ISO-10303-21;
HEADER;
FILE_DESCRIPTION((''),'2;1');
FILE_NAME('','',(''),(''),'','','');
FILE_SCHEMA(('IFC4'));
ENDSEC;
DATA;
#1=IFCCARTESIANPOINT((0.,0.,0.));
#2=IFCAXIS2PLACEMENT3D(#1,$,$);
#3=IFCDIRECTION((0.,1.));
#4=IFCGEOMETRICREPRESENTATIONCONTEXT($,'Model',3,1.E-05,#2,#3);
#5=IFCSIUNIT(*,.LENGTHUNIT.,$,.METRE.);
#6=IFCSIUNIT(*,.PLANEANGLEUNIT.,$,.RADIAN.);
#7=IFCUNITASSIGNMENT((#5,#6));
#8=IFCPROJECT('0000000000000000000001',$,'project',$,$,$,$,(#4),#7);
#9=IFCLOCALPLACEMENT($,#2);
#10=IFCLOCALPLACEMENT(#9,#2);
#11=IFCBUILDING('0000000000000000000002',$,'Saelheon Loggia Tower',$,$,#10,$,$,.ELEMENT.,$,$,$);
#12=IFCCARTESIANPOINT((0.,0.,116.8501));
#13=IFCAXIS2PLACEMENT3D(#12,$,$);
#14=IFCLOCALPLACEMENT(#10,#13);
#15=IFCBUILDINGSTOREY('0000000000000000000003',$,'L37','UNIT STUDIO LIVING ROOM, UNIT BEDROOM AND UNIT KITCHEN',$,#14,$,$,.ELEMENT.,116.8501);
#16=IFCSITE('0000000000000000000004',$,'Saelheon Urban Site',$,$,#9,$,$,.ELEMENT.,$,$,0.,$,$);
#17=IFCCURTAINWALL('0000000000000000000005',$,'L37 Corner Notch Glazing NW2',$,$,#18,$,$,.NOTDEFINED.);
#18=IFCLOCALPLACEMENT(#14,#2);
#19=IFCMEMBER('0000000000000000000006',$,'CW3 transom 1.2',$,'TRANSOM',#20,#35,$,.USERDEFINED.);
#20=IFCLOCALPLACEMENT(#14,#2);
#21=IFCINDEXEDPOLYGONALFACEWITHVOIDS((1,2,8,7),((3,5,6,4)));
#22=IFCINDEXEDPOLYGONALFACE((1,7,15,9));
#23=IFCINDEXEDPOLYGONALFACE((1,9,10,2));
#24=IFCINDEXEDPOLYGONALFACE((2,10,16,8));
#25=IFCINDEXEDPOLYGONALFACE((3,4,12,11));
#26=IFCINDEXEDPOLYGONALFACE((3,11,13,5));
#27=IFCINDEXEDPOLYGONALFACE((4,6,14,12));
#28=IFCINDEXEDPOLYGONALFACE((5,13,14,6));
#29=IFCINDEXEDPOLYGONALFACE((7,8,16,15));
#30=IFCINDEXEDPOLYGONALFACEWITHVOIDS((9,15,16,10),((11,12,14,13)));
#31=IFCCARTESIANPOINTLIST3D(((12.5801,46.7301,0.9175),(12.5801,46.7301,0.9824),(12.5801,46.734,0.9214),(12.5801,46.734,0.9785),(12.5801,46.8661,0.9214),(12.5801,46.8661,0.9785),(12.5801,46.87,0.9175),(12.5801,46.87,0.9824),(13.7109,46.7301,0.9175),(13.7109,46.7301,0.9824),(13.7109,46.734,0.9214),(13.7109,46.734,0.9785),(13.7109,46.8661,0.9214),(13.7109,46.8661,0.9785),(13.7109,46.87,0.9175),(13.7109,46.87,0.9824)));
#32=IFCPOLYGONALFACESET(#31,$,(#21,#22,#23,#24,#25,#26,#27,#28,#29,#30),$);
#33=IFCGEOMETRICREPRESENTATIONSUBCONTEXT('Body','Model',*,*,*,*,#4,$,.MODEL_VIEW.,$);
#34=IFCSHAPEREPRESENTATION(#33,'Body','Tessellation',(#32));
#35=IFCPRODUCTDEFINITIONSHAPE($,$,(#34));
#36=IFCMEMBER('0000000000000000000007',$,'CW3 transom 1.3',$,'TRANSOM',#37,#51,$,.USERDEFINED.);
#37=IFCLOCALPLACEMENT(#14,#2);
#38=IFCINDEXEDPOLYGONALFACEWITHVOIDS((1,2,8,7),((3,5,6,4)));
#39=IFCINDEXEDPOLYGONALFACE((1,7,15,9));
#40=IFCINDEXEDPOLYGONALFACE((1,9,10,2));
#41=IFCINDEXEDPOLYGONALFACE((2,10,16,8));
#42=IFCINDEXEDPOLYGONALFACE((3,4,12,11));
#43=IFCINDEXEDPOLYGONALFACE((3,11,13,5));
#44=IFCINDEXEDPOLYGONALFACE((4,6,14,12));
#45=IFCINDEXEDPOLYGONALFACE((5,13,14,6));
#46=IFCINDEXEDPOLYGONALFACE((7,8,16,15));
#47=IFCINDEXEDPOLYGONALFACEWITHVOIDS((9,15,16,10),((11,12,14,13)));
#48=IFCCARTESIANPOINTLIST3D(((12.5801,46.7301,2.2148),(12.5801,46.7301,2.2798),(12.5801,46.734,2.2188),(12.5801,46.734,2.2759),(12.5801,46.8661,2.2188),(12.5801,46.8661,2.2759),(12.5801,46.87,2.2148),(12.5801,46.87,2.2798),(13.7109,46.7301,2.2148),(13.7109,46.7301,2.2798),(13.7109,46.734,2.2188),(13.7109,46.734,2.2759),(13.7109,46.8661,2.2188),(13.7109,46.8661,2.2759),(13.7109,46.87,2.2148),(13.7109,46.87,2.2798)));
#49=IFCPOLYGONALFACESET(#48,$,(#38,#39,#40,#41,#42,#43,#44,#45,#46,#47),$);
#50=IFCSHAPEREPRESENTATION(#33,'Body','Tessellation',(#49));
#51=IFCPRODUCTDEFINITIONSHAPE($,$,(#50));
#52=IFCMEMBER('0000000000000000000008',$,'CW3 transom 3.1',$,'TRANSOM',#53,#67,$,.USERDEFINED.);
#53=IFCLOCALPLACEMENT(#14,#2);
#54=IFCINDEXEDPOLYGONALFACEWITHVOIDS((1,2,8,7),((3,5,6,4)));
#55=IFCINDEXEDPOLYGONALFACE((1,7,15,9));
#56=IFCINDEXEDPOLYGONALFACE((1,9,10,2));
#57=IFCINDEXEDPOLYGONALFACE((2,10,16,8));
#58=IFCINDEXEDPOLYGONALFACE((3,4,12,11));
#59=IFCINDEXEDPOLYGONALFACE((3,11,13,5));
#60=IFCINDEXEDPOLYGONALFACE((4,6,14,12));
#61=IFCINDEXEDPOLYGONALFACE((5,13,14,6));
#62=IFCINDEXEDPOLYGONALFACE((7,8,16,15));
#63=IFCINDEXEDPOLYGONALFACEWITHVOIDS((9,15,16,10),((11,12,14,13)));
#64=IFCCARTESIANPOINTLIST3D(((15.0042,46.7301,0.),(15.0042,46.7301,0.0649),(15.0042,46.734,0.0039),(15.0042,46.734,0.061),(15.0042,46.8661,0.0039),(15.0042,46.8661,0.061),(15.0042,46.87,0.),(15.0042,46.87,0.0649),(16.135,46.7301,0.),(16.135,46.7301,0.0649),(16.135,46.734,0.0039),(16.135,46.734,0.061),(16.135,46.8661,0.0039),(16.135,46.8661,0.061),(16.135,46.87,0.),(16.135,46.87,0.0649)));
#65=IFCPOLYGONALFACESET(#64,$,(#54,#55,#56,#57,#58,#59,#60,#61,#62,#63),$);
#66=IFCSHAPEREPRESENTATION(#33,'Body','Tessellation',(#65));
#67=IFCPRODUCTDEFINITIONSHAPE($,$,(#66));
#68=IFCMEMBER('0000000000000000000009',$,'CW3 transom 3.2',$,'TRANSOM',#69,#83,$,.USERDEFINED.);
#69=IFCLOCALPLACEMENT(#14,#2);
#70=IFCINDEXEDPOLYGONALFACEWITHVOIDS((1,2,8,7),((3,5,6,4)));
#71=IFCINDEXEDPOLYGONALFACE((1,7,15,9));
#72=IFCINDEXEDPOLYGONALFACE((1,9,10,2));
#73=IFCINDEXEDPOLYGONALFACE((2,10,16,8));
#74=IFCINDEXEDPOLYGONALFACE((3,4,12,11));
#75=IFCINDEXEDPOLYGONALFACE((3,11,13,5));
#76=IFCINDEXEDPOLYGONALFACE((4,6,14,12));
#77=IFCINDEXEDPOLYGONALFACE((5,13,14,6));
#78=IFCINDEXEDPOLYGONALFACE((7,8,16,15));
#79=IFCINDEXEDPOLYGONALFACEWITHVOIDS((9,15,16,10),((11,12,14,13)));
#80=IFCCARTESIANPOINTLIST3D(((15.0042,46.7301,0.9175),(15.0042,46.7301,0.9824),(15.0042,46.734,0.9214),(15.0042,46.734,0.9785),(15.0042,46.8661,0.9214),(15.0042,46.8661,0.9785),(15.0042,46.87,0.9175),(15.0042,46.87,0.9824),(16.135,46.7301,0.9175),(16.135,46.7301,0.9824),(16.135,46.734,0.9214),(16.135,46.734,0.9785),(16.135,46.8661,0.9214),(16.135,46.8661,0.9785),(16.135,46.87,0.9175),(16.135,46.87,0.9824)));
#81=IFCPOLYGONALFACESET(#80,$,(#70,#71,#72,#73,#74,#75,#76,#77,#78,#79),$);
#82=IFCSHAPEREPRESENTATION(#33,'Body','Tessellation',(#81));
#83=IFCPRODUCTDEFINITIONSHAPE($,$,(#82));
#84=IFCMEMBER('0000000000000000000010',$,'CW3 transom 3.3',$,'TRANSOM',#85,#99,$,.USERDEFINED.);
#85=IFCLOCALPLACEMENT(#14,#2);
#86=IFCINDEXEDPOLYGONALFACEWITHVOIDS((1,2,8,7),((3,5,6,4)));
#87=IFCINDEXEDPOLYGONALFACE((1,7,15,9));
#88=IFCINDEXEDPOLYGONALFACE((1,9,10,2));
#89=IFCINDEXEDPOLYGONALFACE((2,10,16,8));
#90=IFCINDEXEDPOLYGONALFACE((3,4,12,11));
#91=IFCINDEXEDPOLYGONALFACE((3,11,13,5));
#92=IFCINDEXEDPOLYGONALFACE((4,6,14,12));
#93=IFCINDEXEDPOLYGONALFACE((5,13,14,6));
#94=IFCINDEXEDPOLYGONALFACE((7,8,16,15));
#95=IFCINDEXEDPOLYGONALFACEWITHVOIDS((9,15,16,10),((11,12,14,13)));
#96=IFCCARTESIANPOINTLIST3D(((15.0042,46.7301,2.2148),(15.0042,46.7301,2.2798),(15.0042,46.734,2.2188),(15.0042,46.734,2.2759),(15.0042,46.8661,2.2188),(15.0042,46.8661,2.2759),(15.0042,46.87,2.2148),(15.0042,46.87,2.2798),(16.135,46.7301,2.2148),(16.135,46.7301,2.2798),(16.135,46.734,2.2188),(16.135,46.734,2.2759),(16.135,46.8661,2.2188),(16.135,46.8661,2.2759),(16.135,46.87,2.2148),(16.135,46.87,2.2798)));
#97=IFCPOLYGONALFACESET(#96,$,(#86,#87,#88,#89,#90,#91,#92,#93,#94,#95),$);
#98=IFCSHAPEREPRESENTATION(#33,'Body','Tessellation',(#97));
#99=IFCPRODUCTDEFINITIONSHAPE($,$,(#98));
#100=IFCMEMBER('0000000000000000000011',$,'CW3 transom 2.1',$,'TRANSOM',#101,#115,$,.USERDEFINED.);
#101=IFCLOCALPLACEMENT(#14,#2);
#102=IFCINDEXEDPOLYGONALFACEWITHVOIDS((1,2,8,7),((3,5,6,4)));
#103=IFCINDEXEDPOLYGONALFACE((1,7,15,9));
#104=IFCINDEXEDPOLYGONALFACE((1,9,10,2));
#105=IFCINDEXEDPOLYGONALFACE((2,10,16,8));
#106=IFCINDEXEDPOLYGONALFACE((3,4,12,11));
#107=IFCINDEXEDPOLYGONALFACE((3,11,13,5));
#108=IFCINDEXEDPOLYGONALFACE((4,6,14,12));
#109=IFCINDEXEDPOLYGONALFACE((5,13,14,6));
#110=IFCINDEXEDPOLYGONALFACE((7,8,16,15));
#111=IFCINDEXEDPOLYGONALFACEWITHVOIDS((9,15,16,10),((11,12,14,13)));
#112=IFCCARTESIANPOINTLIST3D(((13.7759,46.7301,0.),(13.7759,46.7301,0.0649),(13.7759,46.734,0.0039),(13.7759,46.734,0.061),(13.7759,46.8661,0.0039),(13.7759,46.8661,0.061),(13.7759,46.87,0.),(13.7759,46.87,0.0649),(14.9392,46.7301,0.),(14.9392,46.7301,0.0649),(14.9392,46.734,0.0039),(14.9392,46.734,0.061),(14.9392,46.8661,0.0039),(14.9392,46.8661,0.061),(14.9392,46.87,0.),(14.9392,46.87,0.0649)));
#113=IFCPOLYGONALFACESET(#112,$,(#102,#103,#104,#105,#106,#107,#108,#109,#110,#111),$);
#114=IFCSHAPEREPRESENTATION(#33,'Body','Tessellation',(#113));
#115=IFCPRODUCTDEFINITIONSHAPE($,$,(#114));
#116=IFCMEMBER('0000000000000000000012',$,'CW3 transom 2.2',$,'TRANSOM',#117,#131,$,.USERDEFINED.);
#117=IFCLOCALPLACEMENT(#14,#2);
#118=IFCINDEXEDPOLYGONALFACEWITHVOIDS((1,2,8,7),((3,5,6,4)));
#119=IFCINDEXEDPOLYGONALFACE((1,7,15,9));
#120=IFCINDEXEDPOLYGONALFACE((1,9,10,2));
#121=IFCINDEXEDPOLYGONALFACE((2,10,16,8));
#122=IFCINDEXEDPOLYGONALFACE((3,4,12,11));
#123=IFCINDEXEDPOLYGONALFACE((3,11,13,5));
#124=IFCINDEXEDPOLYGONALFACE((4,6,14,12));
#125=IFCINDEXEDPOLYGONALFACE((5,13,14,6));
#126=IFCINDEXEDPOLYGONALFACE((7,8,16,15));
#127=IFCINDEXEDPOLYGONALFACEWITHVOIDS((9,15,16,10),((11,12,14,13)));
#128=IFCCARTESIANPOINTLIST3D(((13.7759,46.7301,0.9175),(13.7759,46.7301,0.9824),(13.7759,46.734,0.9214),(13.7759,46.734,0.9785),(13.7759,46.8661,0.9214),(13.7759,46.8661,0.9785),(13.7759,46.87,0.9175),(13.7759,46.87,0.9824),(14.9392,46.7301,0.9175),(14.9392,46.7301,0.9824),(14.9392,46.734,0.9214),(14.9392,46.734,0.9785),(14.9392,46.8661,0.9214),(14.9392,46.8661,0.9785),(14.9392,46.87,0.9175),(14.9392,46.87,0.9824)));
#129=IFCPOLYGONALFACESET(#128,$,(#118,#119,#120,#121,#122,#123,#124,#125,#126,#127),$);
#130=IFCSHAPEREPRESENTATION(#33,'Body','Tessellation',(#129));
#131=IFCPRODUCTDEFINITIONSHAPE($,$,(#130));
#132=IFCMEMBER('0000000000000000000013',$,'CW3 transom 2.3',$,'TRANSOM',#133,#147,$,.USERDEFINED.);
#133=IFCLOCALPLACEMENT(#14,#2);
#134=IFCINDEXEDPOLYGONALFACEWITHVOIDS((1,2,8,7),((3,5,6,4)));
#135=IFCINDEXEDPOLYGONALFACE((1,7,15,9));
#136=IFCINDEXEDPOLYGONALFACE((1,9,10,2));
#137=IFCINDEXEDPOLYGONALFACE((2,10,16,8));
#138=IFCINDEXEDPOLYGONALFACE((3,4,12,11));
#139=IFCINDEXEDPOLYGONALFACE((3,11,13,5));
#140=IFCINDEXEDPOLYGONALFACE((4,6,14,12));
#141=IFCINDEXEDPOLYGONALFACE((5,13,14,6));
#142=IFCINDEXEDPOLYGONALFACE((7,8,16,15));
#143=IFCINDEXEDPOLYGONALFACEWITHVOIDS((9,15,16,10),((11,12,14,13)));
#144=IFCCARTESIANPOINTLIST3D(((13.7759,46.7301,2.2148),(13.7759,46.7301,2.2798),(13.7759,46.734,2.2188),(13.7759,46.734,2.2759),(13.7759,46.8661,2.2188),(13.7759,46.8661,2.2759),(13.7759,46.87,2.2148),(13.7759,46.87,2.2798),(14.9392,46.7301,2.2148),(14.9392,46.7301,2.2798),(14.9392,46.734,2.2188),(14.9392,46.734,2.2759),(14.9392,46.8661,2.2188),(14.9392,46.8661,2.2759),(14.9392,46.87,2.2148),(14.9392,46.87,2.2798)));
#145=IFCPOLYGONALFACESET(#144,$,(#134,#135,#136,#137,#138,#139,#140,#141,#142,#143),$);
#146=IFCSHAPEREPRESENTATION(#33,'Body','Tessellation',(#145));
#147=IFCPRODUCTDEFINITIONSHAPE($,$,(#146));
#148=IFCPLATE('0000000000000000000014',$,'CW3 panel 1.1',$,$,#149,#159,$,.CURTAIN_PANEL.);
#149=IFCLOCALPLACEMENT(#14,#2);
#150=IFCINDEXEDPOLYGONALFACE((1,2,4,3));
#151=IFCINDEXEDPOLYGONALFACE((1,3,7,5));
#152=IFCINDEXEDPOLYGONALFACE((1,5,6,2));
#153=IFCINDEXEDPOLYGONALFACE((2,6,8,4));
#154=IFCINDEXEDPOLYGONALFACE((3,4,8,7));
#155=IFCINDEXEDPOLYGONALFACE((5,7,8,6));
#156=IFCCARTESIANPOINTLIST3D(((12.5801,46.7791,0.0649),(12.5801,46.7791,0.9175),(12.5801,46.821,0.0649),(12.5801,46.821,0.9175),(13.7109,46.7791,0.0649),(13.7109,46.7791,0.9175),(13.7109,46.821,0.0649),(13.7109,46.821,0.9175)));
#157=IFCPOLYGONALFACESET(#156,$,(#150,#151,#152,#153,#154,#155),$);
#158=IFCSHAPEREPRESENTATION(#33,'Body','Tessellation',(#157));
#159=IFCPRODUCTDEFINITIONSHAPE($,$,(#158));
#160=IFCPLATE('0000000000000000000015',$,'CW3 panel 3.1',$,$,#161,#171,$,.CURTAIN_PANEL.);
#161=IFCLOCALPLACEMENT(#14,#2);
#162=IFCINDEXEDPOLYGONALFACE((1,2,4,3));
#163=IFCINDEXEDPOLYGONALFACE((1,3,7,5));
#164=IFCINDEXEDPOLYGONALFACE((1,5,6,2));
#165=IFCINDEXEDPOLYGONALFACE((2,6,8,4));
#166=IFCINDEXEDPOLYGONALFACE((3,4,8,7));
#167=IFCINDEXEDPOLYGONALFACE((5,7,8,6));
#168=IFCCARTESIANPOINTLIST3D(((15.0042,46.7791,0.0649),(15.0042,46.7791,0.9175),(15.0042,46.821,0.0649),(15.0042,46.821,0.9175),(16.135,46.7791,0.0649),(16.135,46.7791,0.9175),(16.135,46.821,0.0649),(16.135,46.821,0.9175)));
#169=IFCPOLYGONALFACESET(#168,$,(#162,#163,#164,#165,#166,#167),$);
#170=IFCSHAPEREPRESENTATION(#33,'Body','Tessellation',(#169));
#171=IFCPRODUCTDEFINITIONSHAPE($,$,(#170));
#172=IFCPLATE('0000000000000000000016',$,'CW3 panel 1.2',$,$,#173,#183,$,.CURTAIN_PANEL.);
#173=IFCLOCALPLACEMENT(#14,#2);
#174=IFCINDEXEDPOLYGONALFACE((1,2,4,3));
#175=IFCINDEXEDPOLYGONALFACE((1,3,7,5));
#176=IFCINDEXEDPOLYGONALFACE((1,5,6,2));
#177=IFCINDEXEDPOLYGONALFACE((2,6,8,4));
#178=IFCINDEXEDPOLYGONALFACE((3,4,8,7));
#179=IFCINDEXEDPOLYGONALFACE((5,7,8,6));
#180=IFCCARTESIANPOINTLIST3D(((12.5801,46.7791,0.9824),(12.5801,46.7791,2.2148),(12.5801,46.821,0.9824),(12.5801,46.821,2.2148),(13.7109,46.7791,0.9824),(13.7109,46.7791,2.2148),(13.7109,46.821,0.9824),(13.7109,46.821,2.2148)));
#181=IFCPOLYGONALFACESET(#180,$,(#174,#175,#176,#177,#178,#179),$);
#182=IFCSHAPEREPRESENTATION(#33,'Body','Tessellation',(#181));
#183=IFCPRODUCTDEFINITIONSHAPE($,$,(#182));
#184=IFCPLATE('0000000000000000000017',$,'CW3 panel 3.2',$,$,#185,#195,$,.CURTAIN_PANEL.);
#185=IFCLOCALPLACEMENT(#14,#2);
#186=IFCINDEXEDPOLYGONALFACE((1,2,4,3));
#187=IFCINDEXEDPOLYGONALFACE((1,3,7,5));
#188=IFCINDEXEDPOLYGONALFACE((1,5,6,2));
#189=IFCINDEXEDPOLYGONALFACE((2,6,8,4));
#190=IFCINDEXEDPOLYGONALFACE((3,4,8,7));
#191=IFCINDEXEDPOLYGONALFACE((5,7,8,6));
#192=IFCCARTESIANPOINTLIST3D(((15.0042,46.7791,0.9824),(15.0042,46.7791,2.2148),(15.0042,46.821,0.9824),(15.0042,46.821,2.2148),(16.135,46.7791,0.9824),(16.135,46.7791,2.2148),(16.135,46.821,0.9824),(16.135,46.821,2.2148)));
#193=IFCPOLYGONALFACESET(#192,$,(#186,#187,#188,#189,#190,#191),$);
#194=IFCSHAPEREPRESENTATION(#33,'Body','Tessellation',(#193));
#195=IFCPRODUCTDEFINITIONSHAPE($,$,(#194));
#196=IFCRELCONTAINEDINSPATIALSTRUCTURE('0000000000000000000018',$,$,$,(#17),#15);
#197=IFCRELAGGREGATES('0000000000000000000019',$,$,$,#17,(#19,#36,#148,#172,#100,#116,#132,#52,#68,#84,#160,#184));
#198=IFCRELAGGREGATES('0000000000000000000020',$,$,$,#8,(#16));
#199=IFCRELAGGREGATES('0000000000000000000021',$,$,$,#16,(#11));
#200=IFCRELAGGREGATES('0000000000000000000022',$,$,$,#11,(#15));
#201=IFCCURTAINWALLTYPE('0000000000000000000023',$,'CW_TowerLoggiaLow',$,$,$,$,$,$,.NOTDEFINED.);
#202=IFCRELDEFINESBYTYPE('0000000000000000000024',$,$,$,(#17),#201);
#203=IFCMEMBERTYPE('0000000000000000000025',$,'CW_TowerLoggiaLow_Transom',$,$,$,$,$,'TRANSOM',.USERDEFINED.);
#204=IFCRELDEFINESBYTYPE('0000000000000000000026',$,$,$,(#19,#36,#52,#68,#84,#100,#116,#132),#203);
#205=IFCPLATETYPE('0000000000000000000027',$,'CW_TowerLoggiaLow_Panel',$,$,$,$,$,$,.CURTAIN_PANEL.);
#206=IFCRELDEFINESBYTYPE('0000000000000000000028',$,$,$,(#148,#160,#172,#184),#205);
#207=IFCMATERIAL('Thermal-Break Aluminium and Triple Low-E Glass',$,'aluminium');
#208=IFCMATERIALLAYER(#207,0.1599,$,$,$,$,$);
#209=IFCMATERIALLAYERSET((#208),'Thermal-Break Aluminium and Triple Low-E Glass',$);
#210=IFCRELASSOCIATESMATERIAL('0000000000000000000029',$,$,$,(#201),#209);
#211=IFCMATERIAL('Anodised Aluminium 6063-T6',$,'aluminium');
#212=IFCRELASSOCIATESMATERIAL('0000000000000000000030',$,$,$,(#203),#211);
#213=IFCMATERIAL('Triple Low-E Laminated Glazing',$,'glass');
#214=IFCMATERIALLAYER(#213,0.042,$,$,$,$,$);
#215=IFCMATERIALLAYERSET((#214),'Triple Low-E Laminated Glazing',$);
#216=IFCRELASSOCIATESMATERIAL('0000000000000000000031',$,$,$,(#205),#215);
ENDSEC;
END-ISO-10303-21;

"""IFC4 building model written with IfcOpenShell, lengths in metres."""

from ifc_helpers import new_model, si_unit, direction, frame, origin, origin_2d, place, context, subcontext, project, spatial, rectangle, hollow_rectangle, extrude, source, transform, mapped, material, layer, layer_set, material_profile, profile_set, type_object, element, aggregate, save


model = new_model("IFC4")

# Units and contexts
model_context = context("Model", 3, precision=1e-05, world=origin(), true_north=direction((0.0, 1.0)))
body_context = subcontext(model_context, "Body", "Model", "MODEL_VIEW")
ifc_project = project(units=[si_unit("LENGTHUNIT", "METRE"), si_unit("PLANEANGLEUNIT", "RADIAN")], contexts=[model_context])

# Site, building, storey
site_placement = place(None, origin())
site = spatial("IfcSite", under=ifc_project, at=site_placement, Name="Saelheon Urban Site", CompositionType="ELEMENT", RefElevation=0.0)
building_placement = place(site_placement, origin())
building = spatial("IfcBuilding", under=site, at=building_placement, Name="Saelheon Loggia Tower", CompositionType="ELEMENT")
storey_placement = place(building_placement, frame((0.0, 0.0, 116.8501)))
storey = spatial("IfcBuildingStorey", under=building, at=storey_placement, Name="L37", Description="UNIT STUDIO LIVING ROOM, UNIT BEDROOM AND UNIT KITCHEN", CompositionType="ELEMENT", Elevation=116.8501)

# Shared definitions
ifc_material_1 = material(Name="Thermal-Break Aluminium and Triple Low-E Glass", Category="aluminium")
ifc_layer_1 = layer(ifc_material_1, 0.1599)
ifc_layer_set_1 = layer_set([ifc_layer_1], Name="Thermal-Break Aluminium and Triple Low-E Glass")
curtain_wall_type = type_object("IfcCurtainWallType", Name="CW_TowerLoggiaLow", PredefinedType="NOTDEFINED", material=ifc_layer_set_1)
ifc_material_2 = material(Name="Anodised Aluminium 6063-T6", Category="aluminium")

# Curtain wall
curtain_wall_1_placement = place(storey_placement, origin())
curtain_wall_1 = element("IfcCurtainWall", 1, at=curtain_wall_1_placement, inside=storey, type_object=curtain_wall_type, Name="L37 Corner Notch Glazing NW2", PredefinedType="NOTDEFINED")

# Members
ifc_material_profile_1 = material_profile(ifc_material_2, hollow_rectangle(XDim=0.0649, YDim=0.1399, WallThickness=0.0039, at=origin_2d()), Name="RHS-140x65x4")
ifc_profile_set_1 = profile_set([ifc_material_profile_1], Name="Anodised Aluminium 6063-T6")
member_type_1 = type_object("IfcMemberType", Name="CW_TowerLoggiaLow_Transom", ElementType="TRANSOM", PredefinedType="USERDEFINED", material=ifc_profile_set_1)
shared_shape_1 = source(origin(), body_context, "Body", "SweptSolid", [
    extrude(hollow_rectangle(XDim=0.0649, YDim=0.1399, WallThickness=0.0039, at=origin_2d()), origin(), (0.0, 0.0, 1.0), 1.1309),
])
member_1_placement = place(storey_placement, frame((12.5801, 46.8, 0.95), z_axis=(1.0, 0.0, 0.0), x_axis=(0.0, 0.0, 1.0)))
member_1 = element("IfcMember", 2, at=member_1_placement, type_object=member_type_1, Name="CW3 transom 1.2", ObjectType="TRANSOM", PredefinedType="USERDEFINED", context=body_context, shape_type="MappedRepresentation", body=[
    mapped(shared_shape_1, transform((0.0, 0.0, 0.0), scale=1.0)),
])
member_2_placement = place(storey_placement, frame((12.5801, 46.8, 2.2473), z_axis=(1.0, 0.0, 0.0), x_axis=(0.0, 0.0, 1.0)))
member_2 = element("IfcMember", 3, at=member_2_placement, type_object=member_type_1, Name="CW3 transom 1.3", ObjectType="TRANSOM", PredefinedType="USERDEFINED", context=body_context, shape_type="MappedRepresentation", body=[
    mapped(shared_shape_1, transform((0.0, 0.0, 0.0), scale=1.0)),
])
member_3_placement = place(storey_placement, frame((15.0042, 46.8, 0.0325), z_axis=(1.0, 0.0, 0.0), x_axis=(0.0, 0.0, 1.0)))
member_3 = element("IfcMember", 4, at=member_3_placement, type_object=member_type_1, Name="CW3 transom 3.1", ObjectType="TRANSOM", PredefinedType="USERDEFINED", context=body_context, shape_type="MappedRepresentation", body=[
    mapped(shared_shape_1, transform((0.0, 0.0, 0.0), scale=1.0)),
])
member_4_placement = place(storey_placement, frame((15.0042, 46.8, 0.95), z_axis=(1.0, 0.0, 0.0), x_axis=(0.0, 0.0, 1.0)))
member_4 = element("IfcMember", 5, at=member_4_placement, type_object=member_type_1, Name="CW3 transom 3.2", ObjectType="TRANSOM", PredefinedType="USERDEFINED", context=body_context, shape_type="MappedRepresentation", body=[
    mapped(shared_shape_1, transform((0.0, 0.0, 0.0), scale=1.0)),
])
member_5_placement = place(storey_placement, frame((15.0042, 46.8, 2.2473), z_axis=(1.0, 0.0, 0.0), x_axis=(0.0, 0.0, 1.0)))
member_5 = element("IfcMember", 6, at=member_5_placement, type_object=member_type_1, Name="CW3 transom 3.3", ObjectType="TRANSOM", PredefinedType="USERDEFINED", context=body_context, shape_type="MappedRepresentation", body=[
    mapped(shared_shape_1, transform((0.0, 0.0, 0.0), scale=1.0)),
])
shared_shape_2 = source(origin(), body_context, "Body", "SweptSolid", [
    extrude(hollow_rectangle(XDim=0.0649, YDim=0.1399, WallThickness=0.0039, at=origin_2d()), origin(), (0.0, 0.0, 1.0), 1.1633),
])
member_6_placement = place(storey_placement, frame((13.7759, 46.8, 0.0325), z_axis=(1.0, 0.0, 0.0), x_axis=(0.0, 0.0, 1.0)))
member_6 = element("IfcMember", 7, at=member_6_placement, type_object=member_type_1, Name="CW3 transom 2.1", ObjectType="TRANSOM", PredefinedType="USERDEFINED", context=body_context, shape_type="MappedRepresentation", body=[
    mapped(shared_shape_2, transform((0.0, 0.0, 0.0), scale=1.0)),
])
member_7_placement = place(storey_placement, frame((13.7759, 46.8, 0.95), z_axis=(1.0, 0.0, 0.0), x_axis=(0.0, 0.0, 1.0)))
member_7 = element("IfcMember", 8, at=member_7_placement, type_object=member_type_1, Name="CW3 transom 2.2", ObjectType="TRANSOM", PredefinedType="USERDEFINED", context=body_context, shape_type="MappedRepresentation", body=[
    mapped(shared_shape_2, transform((0.0, 0.0, 0.0), scale=1.0)),
])
member_8_placement = place(storey_placement, frame((13.7759, 46.8, 2.2473), z_axis=(1.0, 0.0, 0.0), x_axis=(0.0, 0.0, 1.0)))
member_8 = element("IfcMember", 9, at=member_8_placement, type_object=member_type_1, Name="CW3 transom 2.3", ObjectType="TRANSOM", PredefinedType="USERDEFINED", context=body_context, shape_type="MappedRepresentation", body=[
    mapped(shared_shape_2, transform((0.0, 0.0, 0.0), scale=1.0)),
])

# Plates
ifc_material_3 = material(Name="Triple Low-E Laminated Glazing", Category="glass")
ifc_layer_2 = layer(ifc_material_3, 0.042)
ifc_layer_set_2 = layer_set([ifc_layer_2], Name="Triple Low-E Laminated Glazing")
plate_type = type_object("IfcPlateType", Name="CW_TowerLoggiaLow_Panel", PredefinedType="CURTAIN_PANEL", material=ifc_layer_set_2)
shared_shape_3 = source(origin(), body_context, "Body", "SweptSolid", [
    extrude(rectangle(XDim=1.1309, YDim=0.042, at=origin_2d()), origin(), (0.0, 0.0, 1.0), 0.8525),
])
plate_1_placement = place(storey_placement, frame((13.1455, 46.8, 0.0649), z_axis=(0.0, 0.0, 1.0), x_axis=(1.0, 0.0, 0.0)))
plate_1 = element("IfcPlate", 10, at=plate_1_placement, type_object=plate_type, Name="CW3 panel 1.1", PredefinedType="CURTAIN_PANEL", context=body_context, shape_type="MappedRepresentation", body=[
    mapped(shared_shape_3, transform((0.0, 0.0, 0.0), scale=1.0)),
])
plate_2_placement = place(storey_placement, frame((15.5696, 46.8, 0.0649), z_axis=(0.0, 0.0, 1.0), x_axis=(1.0, 0.0, 0.0)))
plate_2 = element("IfcPlate", 11, at=plate_2_placement, type_object=plate_type, Name="CW3 panel 3.1", PredefinedType="CURTAIN_PANEL", context=body_context, shape_type="MappedRepresentation", body=[
    mapped(shared_shape_3, transform((0.0, 0.0, 0.0), scale=1.0)),
])
shared_shape_4 = source(origin(), body_context, "Body", "SweptSolid", [
    extrude(rectangle(XDim=1.1309, YDim=0.042, at=origin_2d()), origin(), (0.0, 0.0, 1.0), 1.2324),
])
plate_3_placement = place(storey_placement, frame((13.1455, 46.8, 0.9824), z_axis=(0.0, 0.0, 1.0), x_axis=(1.0, 0.0, 0.0)))
plate_3 = element("IfcPlate", 12, at=plate_3_placement, type_object=plate_type, Name="CW3 panel 1.2", PredefinedType="CURTAIN_PANEL", context=body_context, shape_type="MappedRepresentation", body=[
    mapped(shared_shape_4, transform((0.0, 0.0, 0.0), scale=1.0)),
])
plate_4_placement = place(storey_placement, frame((15.5696, 46.8, 0.9824), z_axis=(0.0, 0.0, 1.0), x_axis=(1.0, 0.0, 0.0)))
plate_4 = element("IfcPlate", 13, at=plate_4_placement, type_object=plate_type, Name="CW3 panel 3.2", PredefinedType="CURTAIN_PANEL", context=body_context, shape_type="MappedRepresentation", body=[
    mapped(shared_shape_4, transform((0.0, 0.0, 0.0), scale=1.0)),
])
aggregate(curtain_wall_1, [member_1, member_2, plate_1, plate_3, member_6, member_7, member_8, member_3, member_4, member_5, plate_2, plate_4])

save(model, "model.ifc")
